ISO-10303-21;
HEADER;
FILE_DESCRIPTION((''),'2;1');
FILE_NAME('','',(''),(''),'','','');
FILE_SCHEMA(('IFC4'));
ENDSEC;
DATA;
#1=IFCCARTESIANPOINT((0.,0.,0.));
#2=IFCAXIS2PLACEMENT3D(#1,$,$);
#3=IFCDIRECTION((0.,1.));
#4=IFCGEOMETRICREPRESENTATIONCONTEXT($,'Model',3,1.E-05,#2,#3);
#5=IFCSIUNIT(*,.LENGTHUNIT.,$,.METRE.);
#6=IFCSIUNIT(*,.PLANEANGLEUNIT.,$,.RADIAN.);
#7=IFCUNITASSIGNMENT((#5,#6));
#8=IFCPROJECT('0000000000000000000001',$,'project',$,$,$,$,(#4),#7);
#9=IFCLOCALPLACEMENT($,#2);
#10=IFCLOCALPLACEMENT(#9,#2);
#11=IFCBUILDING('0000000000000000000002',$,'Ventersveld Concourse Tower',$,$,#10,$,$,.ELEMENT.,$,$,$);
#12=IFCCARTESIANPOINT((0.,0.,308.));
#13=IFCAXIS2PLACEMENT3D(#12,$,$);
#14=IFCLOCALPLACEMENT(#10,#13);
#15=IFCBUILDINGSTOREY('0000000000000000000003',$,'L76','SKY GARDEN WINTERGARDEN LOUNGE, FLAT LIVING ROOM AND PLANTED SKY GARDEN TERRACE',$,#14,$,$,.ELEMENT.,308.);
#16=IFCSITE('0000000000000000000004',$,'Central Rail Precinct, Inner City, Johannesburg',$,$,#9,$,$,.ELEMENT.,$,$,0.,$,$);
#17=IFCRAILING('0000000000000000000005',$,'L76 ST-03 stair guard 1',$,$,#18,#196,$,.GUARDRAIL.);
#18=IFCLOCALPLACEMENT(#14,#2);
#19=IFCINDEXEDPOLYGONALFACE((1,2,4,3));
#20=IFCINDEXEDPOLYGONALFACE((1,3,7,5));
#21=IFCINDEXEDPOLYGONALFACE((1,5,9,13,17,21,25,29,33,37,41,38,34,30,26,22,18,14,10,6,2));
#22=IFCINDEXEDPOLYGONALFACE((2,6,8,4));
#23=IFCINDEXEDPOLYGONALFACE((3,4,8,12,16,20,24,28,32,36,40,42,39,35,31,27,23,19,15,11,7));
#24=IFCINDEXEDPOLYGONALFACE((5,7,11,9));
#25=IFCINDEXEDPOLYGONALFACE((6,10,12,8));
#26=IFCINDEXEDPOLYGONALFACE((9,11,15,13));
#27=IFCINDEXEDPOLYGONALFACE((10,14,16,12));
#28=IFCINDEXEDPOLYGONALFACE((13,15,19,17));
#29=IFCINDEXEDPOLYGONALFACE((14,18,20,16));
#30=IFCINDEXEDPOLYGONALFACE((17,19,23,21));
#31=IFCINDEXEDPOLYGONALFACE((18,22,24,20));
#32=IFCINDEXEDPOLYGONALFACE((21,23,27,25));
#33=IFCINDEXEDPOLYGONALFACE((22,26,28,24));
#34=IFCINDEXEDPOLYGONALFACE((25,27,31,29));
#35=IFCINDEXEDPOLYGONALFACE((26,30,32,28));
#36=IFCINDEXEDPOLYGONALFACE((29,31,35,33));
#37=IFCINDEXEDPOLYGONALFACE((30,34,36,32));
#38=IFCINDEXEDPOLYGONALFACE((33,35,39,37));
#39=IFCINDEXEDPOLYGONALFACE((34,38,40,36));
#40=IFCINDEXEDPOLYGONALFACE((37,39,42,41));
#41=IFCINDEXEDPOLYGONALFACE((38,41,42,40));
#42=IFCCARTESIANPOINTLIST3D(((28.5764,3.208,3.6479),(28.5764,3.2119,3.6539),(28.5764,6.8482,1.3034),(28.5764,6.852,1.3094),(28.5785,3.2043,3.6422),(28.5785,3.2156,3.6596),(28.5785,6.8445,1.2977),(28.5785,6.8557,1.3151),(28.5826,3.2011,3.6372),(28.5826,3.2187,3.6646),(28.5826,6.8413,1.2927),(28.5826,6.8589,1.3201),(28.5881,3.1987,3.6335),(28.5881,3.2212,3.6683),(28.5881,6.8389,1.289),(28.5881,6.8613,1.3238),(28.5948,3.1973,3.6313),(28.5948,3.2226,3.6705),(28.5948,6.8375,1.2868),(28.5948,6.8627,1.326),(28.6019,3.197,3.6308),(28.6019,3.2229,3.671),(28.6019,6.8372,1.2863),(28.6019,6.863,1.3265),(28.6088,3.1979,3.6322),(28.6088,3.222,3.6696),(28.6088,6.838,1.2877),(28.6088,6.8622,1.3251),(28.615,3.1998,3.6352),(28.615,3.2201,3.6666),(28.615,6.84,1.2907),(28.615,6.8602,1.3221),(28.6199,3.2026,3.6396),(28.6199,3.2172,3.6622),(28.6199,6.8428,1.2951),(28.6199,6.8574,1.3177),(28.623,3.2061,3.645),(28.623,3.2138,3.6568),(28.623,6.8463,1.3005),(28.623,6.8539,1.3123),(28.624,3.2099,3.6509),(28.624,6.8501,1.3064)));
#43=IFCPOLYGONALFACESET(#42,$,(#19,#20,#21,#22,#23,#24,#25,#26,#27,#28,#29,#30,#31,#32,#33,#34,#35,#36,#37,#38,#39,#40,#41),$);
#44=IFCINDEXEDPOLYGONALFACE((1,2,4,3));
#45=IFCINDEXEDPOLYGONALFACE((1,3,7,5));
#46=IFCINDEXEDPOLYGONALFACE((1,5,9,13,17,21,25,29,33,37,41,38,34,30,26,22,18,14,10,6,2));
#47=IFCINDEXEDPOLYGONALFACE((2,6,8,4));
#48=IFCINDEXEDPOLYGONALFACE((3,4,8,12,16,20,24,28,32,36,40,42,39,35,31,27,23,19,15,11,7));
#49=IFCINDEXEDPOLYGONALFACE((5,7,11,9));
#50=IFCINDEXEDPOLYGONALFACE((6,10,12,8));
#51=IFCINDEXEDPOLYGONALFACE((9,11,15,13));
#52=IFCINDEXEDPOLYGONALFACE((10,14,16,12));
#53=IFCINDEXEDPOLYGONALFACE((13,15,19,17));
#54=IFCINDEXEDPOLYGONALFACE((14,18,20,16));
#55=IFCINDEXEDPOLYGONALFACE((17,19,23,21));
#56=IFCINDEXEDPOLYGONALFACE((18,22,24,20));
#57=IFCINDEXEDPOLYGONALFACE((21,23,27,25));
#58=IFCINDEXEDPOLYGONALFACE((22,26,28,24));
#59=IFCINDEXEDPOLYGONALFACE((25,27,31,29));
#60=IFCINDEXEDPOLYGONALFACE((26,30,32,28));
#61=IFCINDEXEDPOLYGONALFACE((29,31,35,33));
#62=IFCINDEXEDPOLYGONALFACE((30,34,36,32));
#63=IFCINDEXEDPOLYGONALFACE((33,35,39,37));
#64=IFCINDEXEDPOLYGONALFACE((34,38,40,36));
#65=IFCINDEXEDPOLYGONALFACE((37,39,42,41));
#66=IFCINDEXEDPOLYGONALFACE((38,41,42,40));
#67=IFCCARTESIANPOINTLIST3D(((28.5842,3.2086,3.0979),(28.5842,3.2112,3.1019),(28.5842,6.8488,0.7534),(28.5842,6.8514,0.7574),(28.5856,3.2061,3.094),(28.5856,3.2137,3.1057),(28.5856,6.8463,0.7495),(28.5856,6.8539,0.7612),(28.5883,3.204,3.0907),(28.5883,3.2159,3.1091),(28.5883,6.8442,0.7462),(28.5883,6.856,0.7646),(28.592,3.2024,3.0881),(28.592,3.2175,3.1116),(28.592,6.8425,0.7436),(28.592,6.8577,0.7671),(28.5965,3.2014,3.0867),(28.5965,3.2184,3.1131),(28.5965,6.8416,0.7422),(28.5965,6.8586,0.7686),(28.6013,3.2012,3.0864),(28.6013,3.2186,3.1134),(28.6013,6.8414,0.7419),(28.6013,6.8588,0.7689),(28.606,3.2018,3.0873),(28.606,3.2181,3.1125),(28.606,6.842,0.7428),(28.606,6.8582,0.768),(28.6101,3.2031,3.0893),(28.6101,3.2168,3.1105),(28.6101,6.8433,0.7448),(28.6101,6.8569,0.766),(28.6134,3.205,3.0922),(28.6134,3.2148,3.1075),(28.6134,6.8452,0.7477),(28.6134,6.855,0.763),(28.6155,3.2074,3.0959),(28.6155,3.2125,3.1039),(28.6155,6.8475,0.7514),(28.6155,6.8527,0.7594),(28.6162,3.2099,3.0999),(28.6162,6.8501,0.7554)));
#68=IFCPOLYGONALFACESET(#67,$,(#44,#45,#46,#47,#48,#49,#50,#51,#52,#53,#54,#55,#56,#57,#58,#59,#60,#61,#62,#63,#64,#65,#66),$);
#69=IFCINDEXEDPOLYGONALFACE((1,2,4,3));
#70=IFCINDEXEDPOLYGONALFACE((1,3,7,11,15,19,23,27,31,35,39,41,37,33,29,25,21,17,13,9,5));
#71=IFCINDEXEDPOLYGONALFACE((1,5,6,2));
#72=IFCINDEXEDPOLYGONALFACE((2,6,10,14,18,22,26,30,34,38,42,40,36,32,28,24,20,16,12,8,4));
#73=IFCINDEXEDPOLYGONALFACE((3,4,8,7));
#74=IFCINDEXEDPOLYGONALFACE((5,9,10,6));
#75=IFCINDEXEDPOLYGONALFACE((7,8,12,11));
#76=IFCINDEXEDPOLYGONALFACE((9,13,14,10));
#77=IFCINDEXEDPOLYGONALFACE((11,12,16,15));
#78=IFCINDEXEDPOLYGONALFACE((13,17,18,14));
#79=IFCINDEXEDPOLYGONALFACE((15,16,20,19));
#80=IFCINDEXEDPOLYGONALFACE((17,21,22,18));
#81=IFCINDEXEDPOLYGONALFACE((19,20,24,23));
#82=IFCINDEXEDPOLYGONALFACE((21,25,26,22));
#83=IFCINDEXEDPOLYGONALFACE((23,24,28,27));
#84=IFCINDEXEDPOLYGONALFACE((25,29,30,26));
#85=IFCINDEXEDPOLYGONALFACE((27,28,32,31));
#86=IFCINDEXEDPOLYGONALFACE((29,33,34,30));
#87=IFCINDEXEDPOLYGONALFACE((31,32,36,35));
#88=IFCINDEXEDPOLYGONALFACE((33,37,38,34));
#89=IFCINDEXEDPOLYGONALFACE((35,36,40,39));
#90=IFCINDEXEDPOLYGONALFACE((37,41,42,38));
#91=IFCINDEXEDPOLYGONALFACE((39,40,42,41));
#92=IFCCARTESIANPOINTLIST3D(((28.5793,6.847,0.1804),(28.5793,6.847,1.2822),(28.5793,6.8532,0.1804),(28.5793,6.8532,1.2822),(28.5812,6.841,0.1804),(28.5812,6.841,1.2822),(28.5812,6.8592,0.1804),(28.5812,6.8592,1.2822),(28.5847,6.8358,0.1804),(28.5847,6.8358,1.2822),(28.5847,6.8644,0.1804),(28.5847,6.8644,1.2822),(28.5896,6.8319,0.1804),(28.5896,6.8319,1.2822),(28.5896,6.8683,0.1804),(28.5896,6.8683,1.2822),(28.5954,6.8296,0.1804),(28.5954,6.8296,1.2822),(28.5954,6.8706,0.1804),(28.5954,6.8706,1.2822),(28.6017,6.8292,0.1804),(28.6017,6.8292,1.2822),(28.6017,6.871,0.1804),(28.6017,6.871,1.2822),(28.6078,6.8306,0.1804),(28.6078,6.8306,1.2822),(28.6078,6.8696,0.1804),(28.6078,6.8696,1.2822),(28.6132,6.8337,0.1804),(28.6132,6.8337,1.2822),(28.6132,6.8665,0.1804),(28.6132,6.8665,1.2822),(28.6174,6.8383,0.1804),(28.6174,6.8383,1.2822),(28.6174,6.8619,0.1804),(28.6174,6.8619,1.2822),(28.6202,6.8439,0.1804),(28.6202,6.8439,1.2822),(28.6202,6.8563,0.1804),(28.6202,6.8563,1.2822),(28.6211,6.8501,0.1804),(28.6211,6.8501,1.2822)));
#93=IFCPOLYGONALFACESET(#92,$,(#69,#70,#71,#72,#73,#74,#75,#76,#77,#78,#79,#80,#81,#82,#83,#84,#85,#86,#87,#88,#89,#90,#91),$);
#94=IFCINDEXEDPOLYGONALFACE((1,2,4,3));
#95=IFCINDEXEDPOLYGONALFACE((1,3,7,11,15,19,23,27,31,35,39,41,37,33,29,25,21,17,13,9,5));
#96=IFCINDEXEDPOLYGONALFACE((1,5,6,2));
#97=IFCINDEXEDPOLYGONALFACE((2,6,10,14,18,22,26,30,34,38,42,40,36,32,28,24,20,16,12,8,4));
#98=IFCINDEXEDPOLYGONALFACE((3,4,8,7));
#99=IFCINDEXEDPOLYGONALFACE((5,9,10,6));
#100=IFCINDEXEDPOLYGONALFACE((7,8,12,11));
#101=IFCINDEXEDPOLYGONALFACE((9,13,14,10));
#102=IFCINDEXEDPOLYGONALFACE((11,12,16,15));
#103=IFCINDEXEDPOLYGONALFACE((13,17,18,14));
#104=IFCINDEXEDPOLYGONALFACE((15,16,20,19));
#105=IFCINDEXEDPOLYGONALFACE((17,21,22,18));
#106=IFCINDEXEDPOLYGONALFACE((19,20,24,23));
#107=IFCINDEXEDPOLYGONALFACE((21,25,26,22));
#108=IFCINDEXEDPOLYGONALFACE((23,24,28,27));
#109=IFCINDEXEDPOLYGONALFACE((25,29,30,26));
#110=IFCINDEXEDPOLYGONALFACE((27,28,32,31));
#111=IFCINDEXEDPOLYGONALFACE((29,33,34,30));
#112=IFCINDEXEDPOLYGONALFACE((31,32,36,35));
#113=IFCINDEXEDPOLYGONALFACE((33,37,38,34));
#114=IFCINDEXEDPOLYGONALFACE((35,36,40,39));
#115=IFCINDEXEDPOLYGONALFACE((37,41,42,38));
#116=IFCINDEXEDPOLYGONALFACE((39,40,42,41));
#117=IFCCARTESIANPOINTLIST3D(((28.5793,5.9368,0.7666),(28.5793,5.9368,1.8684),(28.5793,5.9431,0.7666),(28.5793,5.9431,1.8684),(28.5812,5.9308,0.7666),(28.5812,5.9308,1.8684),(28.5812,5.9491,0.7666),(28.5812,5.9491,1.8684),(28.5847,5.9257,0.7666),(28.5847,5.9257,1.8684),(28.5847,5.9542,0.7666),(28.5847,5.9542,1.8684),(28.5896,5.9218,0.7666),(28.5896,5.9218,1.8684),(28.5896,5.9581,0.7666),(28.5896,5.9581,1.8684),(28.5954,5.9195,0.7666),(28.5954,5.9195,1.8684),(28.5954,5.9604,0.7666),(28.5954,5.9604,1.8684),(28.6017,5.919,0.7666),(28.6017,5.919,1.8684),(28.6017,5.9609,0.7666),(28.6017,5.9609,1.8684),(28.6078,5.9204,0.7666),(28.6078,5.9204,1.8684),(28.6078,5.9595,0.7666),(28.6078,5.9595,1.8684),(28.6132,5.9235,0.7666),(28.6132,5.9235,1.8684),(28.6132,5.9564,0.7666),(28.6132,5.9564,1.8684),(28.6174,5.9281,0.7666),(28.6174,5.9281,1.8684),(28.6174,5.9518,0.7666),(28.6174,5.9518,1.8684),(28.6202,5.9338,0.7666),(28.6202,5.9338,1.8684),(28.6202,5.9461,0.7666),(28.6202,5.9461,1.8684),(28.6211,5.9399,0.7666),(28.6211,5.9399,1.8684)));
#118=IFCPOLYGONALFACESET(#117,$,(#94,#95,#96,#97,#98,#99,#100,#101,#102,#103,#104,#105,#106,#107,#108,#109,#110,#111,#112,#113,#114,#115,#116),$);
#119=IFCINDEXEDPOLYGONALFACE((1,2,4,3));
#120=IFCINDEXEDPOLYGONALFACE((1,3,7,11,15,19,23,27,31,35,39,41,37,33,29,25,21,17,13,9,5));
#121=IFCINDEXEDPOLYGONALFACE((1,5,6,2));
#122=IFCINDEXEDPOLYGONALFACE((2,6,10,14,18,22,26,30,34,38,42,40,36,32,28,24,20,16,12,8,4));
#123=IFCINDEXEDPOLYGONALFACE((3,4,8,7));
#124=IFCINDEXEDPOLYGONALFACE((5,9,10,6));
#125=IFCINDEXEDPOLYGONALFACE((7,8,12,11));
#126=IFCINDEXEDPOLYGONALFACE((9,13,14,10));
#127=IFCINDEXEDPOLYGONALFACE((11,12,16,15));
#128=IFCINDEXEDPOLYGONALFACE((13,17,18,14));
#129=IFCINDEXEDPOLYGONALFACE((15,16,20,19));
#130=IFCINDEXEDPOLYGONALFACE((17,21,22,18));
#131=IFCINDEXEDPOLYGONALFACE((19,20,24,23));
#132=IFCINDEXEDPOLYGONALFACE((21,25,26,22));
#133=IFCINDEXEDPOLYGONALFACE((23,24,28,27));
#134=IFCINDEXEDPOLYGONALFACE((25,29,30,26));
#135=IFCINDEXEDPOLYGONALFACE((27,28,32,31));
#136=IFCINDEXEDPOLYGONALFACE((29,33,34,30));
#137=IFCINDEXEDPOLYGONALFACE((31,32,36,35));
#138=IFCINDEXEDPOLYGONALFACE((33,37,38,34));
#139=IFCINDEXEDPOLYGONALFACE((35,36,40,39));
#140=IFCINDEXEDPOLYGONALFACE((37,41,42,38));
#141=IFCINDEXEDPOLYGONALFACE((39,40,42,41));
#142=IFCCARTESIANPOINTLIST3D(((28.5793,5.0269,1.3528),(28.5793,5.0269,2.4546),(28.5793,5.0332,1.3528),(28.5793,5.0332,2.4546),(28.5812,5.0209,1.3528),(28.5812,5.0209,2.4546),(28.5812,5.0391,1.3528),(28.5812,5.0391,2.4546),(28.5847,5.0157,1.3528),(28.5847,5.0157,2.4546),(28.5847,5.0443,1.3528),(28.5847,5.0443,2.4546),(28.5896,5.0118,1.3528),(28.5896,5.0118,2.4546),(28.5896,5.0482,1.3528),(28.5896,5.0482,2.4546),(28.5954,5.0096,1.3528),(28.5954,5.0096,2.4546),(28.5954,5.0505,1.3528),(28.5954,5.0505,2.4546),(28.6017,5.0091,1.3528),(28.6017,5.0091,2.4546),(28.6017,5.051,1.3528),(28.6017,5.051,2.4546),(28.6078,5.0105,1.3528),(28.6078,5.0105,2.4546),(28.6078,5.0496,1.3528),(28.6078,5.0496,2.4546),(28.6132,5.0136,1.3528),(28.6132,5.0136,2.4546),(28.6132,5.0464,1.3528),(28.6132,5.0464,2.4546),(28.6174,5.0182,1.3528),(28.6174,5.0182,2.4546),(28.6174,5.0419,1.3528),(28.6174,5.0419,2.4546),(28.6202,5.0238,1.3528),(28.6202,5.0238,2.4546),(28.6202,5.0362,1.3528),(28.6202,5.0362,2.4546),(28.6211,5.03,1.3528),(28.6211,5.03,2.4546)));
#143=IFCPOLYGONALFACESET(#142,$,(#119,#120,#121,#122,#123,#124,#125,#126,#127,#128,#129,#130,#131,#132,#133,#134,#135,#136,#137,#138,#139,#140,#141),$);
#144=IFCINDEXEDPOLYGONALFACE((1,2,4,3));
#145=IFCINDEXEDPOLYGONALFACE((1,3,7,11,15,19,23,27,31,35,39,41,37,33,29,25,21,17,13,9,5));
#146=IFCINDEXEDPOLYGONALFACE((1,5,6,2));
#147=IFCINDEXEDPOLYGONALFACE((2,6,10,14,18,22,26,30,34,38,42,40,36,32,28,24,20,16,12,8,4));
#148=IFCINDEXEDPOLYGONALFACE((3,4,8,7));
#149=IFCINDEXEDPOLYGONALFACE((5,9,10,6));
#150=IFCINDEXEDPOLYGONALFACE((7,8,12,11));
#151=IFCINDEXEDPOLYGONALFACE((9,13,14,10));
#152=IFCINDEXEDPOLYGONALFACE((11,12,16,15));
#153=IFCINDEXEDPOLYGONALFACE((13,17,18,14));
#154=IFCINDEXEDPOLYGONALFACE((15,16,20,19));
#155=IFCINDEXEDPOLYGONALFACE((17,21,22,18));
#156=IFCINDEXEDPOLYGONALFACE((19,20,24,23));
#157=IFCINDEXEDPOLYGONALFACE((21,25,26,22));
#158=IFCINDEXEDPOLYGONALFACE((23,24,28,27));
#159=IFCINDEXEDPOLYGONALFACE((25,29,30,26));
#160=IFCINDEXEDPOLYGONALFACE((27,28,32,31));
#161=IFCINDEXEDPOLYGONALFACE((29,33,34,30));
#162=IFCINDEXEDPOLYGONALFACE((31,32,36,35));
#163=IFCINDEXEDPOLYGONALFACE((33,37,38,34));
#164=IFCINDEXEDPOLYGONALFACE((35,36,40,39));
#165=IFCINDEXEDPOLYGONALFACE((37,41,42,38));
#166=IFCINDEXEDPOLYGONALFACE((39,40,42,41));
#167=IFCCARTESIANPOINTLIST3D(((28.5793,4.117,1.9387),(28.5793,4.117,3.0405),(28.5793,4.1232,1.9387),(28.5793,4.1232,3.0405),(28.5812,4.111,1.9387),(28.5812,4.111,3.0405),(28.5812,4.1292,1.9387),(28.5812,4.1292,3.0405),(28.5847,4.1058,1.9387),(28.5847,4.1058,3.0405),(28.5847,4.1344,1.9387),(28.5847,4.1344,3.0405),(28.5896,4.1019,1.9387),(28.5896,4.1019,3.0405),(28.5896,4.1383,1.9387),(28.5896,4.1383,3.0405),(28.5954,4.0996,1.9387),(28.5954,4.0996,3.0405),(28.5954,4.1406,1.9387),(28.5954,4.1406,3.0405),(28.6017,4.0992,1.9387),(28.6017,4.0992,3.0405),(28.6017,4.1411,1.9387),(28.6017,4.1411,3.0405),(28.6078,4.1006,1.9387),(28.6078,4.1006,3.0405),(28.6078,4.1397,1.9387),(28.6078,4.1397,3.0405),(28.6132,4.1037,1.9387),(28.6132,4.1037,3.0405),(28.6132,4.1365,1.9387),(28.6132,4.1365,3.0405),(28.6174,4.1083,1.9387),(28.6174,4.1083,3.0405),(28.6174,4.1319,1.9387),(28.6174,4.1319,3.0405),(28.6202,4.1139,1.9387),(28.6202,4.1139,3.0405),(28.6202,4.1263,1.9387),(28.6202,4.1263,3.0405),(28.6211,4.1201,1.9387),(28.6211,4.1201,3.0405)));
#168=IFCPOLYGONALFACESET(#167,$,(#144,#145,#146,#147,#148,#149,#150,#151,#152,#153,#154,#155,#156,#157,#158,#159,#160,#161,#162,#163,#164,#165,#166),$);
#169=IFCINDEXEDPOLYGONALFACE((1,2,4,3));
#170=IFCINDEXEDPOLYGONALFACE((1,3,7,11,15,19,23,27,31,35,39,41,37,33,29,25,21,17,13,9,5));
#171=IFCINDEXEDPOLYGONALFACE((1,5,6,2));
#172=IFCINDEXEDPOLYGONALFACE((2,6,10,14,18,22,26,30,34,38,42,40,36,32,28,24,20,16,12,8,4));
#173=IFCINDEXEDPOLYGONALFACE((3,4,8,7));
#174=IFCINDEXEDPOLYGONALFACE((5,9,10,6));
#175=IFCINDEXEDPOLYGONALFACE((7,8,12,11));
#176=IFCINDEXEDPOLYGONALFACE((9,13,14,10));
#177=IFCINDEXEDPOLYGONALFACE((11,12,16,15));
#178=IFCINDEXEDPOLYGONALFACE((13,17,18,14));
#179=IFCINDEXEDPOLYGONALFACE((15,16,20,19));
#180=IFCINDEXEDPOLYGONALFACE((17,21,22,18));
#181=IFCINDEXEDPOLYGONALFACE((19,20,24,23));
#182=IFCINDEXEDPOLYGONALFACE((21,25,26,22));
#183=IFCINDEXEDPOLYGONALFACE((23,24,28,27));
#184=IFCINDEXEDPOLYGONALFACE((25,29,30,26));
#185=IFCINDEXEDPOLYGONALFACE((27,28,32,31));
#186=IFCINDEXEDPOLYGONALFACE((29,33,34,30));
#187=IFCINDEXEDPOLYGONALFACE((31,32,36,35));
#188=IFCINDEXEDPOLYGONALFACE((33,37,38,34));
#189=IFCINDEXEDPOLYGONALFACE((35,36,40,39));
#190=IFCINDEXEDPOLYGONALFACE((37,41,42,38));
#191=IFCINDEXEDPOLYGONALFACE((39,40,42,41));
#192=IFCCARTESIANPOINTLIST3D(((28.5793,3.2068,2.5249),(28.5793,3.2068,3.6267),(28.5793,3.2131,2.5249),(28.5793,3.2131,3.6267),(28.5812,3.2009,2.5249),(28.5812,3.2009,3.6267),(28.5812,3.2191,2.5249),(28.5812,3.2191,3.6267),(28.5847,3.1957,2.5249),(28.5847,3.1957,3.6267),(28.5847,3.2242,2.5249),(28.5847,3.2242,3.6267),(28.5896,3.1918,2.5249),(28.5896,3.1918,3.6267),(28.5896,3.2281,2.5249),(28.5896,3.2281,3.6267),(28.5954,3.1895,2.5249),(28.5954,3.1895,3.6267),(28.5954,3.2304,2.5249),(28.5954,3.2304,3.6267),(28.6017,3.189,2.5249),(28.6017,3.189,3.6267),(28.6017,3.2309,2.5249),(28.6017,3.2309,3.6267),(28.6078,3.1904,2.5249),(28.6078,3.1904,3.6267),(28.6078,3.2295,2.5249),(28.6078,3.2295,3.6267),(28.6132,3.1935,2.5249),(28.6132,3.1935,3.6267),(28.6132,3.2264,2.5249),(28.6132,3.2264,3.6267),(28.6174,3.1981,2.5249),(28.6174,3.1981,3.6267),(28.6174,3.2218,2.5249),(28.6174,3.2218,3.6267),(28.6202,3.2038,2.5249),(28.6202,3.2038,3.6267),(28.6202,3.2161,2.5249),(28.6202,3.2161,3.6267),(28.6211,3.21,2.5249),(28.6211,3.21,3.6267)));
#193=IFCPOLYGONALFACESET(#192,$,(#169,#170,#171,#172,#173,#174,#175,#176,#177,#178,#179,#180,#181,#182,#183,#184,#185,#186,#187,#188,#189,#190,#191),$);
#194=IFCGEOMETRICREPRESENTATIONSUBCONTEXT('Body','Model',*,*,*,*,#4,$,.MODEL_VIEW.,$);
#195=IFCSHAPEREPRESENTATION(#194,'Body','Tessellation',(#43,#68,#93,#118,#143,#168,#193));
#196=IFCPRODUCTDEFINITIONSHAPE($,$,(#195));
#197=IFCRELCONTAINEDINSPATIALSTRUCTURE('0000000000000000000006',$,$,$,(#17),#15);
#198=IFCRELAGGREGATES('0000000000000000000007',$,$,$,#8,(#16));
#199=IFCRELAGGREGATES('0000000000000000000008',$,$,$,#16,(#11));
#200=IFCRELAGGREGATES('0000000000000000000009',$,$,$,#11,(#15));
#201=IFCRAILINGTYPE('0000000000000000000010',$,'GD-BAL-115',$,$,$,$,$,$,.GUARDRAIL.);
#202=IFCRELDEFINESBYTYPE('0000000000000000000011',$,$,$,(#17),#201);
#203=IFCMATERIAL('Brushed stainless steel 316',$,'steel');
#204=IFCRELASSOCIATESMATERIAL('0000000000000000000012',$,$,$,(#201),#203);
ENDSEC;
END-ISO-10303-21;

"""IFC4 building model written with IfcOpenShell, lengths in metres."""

from ifc_helpers import new_model, si_unit, direction, frame, origin, origin_2d, place, context, subcontext, project, spatial, circle, extrude, material, type_object, element, save


model = new_model("IFC4")

# Units and contexts
model_context = context("Model", 3, precision=1e-05, world=origin(), true_north=direction((0.0, 1.0)))
body_context = subcontext(model_context, "Body", "Model", "MODEL_VIEW")
ifc_project = project(units=[si_unit("LENGTHUNIT", "METRE"), si_unit("PLANEANGLEUNIT", "RADIAN")], contexts=[model_context])

# Site, building, storey
site_placement = place(None, origin())
site = spatial("IfcSite", under=ifc_project, at=site_placement, Name="Central Rail Precinct, Inner City, Johannesburg", CompositionType="ELEMENT", RefElevation=0.0)
building_placement = place(site_placement, origin())
building = spatial("IfcBuilding", under=site, at=building_placement, Name="Ventersveld Concourse Tower", CompositionType="ELEMENT")
storey_placement = place(building_placement, frame((0.0, 0.0, 308.0)))
storey = spatial("IfcBuildingStorey", under=building, at=storey_placement, Name="L76", Description="SKY GARDEN WINTERGARDEN LOUNGE, FLAT LIVING ROOM AND PLANTED SKY GARDEN TERRACE", CompositionType="ELEMENT", Elevation=308.0)

# Shared definitions
ifc_material_1 = material(Name="Brushed stainless steel 316", Category="steel")

# Railing
railing_type_1 = type_object("IfcRailingType", Name="GD-BAL-115", PredefinedType="GUARDRAIL", material=ifc_material_1)
railing_1_placement = place(storey_placement, frame((28.6001, 6.8501, 0.1804)))
element("IfcRailing", 1, at=railing_1_placement, inside=storey, type_object=railing_type_1, Name="L76 ST-03 stair guard 1", PredefinedType="GUARDRAIL", context=body_context, shape_type="SweptSolid", body=[
    extrude(circle(Radius=0.0239, at=origin_2d()), frame((0.0, 0.0, 1.126), z_axis=(0.0, -0.840716, 0.541476), x_axis=(1.0, 0.0, 0.0)), (0.0, 0.0, 1.0), 4.3298),
    extrude(circle(Radius=0.0161, at=origin_2d()), frame((0.0, 0.0, 0.575), z_axis=(0.0, -0.840716, 0.541476), x_axis=(1.0, 0.0, 0.0)), (0.0, 0.0, 1.0), 4.3298),
    extrude(circle(Radius=0.021, at=origin_2d()), origin(), (0.0, 0.0, 1.0), 1.1018),
    extrude(circle(Radius=0.021, at=origin_2d()), frame((0.0, -0.9102, 0.5862)), (0.0, 0.0, 1.0), 1.1018),
    extrude(circle(Radius=0.021, at=origin_2d()), frame((0.0, -1.8201, 1.1724)), (0.0, 0.0, 1.0), 1.1018),
    extrude(circle(Radius=0.021, at=origin_2d()), frame((0.0, -2.73, 1.7583)), (0.0, 0.0, 1.0), 1.1018),
    extrude(circle(Radius=0.021, at=origin_2d()), frame((0.0, -3.6401, 2.3445)), (0.0, 0.0, 1.0), 1.1018),
])

save(model, "model.ifc")
